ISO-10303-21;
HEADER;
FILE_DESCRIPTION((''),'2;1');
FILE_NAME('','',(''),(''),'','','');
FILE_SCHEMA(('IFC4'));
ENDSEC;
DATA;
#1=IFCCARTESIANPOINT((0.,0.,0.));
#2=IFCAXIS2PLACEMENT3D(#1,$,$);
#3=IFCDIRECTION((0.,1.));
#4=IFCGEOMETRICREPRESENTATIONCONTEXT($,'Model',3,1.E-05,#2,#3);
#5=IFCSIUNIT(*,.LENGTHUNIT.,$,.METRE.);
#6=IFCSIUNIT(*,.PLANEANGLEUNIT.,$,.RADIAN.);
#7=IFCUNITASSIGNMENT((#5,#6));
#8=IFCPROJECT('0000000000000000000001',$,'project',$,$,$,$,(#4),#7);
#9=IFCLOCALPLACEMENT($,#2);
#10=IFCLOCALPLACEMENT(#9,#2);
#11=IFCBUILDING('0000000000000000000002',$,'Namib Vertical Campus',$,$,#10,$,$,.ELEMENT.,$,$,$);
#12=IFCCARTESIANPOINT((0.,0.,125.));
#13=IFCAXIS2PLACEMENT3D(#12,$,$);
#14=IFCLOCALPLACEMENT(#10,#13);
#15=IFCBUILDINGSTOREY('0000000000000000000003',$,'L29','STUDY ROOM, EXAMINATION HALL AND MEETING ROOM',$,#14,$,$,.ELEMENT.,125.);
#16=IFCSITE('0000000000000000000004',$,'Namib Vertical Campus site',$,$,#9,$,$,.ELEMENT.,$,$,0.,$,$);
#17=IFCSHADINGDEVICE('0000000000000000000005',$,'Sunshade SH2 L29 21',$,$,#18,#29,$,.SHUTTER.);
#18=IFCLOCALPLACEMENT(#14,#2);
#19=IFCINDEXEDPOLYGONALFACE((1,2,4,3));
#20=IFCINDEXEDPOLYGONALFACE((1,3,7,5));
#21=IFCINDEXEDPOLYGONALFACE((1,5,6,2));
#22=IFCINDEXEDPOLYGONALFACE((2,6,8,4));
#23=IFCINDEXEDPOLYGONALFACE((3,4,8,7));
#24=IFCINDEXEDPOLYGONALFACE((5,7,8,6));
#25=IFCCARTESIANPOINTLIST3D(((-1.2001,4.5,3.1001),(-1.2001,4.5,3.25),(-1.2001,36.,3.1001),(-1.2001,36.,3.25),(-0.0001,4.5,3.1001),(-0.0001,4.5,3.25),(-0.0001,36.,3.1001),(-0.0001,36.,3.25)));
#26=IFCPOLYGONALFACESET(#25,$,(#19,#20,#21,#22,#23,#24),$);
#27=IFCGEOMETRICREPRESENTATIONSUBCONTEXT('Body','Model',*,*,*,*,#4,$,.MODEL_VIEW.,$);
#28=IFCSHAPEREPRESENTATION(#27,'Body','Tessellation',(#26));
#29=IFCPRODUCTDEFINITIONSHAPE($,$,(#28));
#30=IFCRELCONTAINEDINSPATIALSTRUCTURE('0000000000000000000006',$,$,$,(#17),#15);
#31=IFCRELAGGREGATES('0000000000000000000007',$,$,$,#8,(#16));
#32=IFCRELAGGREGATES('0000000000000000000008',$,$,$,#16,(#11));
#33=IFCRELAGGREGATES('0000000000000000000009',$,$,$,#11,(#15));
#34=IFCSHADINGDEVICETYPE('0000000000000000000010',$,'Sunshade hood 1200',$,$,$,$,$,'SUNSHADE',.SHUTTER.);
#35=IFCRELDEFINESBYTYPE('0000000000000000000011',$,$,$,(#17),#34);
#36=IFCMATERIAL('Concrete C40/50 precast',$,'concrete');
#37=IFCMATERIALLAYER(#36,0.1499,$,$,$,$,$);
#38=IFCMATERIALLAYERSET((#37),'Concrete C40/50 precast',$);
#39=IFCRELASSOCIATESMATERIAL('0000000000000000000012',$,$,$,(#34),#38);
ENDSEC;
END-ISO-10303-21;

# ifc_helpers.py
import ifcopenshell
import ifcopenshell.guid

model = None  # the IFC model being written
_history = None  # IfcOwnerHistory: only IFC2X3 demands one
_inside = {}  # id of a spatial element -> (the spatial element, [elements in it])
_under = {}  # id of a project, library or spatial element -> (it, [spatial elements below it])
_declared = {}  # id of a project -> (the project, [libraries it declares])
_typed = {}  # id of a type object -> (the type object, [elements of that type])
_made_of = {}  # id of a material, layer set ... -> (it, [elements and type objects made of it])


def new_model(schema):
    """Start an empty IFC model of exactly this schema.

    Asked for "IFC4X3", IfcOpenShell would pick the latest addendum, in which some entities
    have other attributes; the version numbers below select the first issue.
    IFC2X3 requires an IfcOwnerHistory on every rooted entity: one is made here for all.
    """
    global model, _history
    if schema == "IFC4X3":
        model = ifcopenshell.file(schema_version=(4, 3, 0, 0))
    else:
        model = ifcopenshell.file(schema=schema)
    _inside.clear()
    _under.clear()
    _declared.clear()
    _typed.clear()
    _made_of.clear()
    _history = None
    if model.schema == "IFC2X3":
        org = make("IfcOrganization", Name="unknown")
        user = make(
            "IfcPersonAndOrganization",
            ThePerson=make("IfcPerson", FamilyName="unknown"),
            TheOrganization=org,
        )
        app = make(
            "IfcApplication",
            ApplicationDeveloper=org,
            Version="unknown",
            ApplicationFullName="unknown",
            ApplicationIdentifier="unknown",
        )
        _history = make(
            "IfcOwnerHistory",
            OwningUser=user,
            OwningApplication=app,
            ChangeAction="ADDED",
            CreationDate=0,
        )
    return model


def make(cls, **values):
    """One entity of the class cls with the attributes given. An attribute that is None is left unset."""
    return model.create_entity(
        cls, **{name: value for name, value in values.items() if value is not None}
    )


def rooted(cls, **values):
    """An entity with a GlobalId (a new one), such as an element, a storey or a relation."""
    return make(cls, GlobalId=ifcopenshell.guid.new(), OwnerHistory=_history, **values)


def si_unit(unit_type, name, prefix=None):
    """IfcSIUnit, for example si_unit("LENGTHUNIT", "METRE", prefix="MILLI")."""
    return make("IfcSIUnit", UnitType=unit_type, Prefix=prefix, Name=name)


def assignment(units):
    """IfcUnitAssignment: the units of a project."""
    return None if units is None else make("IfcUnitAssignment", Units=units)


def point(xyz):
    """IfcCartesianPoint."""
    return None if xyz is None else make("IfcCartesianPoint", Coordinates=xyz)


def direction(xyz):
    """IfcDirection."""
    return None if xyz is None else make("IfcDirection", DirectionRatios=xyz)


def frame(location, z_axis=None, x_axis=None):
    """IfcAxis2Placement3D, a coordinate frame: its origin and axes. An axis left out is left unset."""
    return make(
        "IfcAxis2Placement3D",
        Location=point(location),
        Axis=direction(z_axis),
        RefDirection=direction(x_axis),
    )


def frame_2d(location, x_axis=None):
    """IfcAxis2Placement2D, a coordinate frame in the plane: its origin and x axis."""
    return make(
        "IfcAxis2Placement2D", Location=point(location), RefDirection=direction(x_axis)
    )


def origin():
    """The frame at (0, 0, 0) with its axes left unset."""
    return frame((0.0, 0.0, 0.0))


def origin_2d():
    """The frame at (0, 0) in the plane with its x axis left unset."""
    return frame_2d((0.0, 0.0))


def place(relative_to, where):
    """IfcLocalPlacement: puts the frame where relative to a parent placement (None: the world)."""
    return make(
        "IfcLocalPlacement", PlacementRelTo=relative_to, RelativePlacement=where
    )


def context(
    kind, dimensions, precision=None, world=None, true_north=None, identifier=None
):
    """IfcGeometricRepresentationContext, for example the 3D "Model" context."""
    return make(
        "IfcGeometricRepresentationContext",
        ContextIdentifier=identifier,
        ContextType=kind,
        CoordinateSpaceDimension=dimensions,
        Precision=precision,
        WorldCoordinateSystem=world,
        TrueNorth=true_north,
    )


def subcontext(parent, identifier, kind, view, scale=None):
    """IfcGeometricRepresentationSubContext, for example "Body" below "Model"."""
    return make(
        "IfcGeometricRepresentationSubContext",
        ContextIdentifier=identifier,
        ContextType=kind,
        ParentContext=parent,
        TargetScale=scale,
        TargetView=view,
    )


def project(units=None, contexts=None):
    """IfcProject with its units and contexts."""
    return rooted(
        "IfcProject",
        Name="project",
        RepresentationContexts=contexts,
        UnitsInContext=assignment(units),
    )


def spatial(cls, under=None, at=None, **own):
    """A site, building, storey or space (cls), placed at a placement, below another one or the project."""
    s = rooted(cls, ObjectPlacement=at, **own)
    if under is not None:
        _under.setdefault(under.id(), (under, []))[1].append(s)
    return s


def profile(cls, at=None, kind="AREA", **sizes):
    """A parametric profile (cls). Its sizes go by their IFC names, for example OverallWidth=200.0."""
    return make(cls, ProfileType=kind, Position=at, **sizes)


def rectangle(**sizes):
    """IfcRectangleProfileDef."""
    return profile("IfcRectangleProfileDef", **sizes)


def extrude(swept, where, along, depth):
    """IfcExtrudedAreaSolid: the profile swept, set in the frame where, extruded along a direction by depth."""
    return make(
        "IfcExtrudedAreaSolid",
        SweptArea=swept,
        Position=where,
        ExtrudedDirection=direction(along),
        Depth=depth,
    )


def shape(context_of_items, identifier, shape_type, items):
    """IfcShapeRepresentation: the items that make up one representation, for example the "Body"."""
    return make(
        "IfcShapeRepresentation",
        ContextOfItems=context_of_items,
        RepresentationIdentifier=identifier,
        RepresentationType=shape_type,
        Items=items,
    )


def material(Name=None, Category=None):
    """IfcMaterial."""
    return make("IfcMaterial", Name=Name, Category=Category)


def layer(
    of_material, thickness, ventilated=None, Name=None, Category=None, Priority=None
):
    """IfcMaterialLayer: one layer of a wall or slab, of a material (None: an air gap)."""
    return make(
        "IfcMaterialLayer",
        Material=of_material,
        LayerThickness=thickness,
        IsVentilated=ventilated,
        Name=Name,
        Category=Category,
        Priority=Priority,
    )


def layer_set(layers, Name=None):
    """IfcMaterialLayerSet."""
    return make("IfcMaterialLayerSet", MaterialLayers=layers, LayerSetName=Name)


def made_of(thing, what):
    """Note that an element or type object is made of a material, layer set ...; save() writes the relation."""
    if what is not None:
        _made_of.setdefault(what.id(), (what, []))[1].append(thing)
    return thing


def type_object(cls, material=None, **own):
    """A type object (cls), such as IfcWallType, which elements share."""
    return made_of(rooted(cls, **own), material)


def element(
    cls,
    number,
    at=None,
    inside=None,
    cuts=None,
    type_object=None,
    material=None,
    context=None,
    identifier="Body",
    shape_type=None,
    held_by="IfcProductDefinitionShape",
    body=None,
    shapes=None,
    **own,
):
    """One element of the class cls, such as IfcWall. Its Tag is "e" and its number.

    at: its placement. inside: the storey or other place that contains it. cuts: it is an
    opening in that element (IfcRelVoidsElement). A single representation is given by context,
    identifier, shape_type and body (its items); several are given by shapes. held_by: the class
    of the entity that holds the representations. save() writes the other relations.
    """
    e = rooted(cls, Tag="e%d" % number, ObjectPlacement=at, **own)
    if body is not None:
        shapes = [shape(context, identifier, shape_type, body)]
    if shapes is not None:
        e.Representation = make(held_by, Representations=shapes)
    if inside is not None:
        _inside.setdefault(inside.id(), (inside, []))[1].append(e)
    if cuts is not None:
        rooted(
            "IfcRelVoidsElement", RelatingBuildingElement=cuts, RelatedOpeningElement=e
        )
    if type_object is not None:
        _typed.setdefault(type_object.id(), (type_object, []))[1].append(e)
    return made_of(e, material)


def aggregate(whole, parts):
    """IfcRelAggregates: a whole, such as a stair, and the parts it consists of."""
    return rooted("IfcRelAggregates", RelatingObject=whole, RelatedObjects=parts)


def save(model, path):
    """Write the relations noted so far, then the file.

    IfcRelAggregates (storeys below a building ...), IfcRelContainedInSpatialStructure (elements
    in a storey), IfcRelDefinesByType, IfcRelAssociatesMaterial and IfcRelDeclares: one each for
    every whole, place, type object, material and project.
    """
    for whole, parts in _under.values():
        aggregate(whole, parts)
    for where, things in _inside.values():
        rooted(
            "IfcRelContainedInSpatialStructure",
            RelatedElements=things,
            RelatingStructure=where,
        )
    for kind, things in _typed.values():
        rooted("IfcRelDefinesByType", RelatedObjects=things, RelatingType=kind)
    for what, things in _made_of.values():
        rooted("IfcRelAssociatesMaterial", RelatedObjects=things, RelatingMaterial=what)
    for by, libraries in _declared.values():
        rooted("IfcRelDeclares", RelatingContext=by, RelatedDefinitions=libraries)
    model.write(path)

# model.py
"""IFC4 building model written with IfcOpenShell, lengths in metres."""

from ifc_helpers import new_model, si_unit, direction, frame, origin, origin_2d, place, context, subcontext, project, spatial, rectangle, extrude, material, layer, layer_set, type_object, element, save


model = new_model("IFC4")

# Units and contexts
model_context = context("Model", 3, precision=1e-05, world=origin(), true_north=direction((0.0, 1.0)))
body_context = subcontext(model_context, "Body", "Model", "MODEL_VIEW")
ifc_project = project(units=[si_unit("LENGTHUNIT", "METRE"), si_unit("PLANEANGLEUNIT", "RADIAN")], contexts=[model_context])

# Site, building, storey
site_placement = place(None, origin())
site = spatial("IfcSite", under=ifc_project, at=site_placement, Name="Namib Vertical Campus site", CompositionType="ELEMENT", RefElevation=0.0)
building_placement = place(site_placement, origin())
building = spatial("IfcBuilding", under=site, at=building_placement, Name="Namib Vertical Campus", CompositionType="ELEMENT")
storey_placement = place(building_placement, frame((0.0, 0.0, 125.0)))
storey = spatial("IfcBuildingStorey", under=building, at=storey_placement, Name="L29", Description="STUDY ROOM, EXAMINATION HALL AND MEETING ROOM", CompositionType="ELEMENT", Elevation=125.0)

# Shading device
ifc_material_1 = material(Name="Concrete C40/50 precast", Category="concrete")
ifc_layer_1 = layer(ifc_material_1, 0.1499)
ifc_layer_set_1 = layer_set([ifc_layer_1], Name="Concrete C40/50 precast")
shading_device_type = type_object("IfcShadingDeviceType", Name="Sunshade hood 1200", ElementType="SUNSHADE", PredefinedType="SHUTTER", material=ifc_layer_set_1)
shading_device_placement = place(storey_placement, frame((-0.6001, 20.25, 3.1001), z_axis=(0.0, 0.0, 1.0), x_axis=(0.0, -1.0, 0.0)))
element("IfcShadingDevice", 1, at=shading_device_placement, inside=storey, type_object=shading_device_type, Name="Sunshade SH2 L29 21", PredefinedType="SHUTTER", context=body_context, shape_type="SweptSolid", body=[
    extrude(rectangle(XDim=31.5, YDim=1.2, at=origin_2d()), origin(), (0.0, 0.0, 1.0), 0.1499),
])

save(model, "model.ifc")
